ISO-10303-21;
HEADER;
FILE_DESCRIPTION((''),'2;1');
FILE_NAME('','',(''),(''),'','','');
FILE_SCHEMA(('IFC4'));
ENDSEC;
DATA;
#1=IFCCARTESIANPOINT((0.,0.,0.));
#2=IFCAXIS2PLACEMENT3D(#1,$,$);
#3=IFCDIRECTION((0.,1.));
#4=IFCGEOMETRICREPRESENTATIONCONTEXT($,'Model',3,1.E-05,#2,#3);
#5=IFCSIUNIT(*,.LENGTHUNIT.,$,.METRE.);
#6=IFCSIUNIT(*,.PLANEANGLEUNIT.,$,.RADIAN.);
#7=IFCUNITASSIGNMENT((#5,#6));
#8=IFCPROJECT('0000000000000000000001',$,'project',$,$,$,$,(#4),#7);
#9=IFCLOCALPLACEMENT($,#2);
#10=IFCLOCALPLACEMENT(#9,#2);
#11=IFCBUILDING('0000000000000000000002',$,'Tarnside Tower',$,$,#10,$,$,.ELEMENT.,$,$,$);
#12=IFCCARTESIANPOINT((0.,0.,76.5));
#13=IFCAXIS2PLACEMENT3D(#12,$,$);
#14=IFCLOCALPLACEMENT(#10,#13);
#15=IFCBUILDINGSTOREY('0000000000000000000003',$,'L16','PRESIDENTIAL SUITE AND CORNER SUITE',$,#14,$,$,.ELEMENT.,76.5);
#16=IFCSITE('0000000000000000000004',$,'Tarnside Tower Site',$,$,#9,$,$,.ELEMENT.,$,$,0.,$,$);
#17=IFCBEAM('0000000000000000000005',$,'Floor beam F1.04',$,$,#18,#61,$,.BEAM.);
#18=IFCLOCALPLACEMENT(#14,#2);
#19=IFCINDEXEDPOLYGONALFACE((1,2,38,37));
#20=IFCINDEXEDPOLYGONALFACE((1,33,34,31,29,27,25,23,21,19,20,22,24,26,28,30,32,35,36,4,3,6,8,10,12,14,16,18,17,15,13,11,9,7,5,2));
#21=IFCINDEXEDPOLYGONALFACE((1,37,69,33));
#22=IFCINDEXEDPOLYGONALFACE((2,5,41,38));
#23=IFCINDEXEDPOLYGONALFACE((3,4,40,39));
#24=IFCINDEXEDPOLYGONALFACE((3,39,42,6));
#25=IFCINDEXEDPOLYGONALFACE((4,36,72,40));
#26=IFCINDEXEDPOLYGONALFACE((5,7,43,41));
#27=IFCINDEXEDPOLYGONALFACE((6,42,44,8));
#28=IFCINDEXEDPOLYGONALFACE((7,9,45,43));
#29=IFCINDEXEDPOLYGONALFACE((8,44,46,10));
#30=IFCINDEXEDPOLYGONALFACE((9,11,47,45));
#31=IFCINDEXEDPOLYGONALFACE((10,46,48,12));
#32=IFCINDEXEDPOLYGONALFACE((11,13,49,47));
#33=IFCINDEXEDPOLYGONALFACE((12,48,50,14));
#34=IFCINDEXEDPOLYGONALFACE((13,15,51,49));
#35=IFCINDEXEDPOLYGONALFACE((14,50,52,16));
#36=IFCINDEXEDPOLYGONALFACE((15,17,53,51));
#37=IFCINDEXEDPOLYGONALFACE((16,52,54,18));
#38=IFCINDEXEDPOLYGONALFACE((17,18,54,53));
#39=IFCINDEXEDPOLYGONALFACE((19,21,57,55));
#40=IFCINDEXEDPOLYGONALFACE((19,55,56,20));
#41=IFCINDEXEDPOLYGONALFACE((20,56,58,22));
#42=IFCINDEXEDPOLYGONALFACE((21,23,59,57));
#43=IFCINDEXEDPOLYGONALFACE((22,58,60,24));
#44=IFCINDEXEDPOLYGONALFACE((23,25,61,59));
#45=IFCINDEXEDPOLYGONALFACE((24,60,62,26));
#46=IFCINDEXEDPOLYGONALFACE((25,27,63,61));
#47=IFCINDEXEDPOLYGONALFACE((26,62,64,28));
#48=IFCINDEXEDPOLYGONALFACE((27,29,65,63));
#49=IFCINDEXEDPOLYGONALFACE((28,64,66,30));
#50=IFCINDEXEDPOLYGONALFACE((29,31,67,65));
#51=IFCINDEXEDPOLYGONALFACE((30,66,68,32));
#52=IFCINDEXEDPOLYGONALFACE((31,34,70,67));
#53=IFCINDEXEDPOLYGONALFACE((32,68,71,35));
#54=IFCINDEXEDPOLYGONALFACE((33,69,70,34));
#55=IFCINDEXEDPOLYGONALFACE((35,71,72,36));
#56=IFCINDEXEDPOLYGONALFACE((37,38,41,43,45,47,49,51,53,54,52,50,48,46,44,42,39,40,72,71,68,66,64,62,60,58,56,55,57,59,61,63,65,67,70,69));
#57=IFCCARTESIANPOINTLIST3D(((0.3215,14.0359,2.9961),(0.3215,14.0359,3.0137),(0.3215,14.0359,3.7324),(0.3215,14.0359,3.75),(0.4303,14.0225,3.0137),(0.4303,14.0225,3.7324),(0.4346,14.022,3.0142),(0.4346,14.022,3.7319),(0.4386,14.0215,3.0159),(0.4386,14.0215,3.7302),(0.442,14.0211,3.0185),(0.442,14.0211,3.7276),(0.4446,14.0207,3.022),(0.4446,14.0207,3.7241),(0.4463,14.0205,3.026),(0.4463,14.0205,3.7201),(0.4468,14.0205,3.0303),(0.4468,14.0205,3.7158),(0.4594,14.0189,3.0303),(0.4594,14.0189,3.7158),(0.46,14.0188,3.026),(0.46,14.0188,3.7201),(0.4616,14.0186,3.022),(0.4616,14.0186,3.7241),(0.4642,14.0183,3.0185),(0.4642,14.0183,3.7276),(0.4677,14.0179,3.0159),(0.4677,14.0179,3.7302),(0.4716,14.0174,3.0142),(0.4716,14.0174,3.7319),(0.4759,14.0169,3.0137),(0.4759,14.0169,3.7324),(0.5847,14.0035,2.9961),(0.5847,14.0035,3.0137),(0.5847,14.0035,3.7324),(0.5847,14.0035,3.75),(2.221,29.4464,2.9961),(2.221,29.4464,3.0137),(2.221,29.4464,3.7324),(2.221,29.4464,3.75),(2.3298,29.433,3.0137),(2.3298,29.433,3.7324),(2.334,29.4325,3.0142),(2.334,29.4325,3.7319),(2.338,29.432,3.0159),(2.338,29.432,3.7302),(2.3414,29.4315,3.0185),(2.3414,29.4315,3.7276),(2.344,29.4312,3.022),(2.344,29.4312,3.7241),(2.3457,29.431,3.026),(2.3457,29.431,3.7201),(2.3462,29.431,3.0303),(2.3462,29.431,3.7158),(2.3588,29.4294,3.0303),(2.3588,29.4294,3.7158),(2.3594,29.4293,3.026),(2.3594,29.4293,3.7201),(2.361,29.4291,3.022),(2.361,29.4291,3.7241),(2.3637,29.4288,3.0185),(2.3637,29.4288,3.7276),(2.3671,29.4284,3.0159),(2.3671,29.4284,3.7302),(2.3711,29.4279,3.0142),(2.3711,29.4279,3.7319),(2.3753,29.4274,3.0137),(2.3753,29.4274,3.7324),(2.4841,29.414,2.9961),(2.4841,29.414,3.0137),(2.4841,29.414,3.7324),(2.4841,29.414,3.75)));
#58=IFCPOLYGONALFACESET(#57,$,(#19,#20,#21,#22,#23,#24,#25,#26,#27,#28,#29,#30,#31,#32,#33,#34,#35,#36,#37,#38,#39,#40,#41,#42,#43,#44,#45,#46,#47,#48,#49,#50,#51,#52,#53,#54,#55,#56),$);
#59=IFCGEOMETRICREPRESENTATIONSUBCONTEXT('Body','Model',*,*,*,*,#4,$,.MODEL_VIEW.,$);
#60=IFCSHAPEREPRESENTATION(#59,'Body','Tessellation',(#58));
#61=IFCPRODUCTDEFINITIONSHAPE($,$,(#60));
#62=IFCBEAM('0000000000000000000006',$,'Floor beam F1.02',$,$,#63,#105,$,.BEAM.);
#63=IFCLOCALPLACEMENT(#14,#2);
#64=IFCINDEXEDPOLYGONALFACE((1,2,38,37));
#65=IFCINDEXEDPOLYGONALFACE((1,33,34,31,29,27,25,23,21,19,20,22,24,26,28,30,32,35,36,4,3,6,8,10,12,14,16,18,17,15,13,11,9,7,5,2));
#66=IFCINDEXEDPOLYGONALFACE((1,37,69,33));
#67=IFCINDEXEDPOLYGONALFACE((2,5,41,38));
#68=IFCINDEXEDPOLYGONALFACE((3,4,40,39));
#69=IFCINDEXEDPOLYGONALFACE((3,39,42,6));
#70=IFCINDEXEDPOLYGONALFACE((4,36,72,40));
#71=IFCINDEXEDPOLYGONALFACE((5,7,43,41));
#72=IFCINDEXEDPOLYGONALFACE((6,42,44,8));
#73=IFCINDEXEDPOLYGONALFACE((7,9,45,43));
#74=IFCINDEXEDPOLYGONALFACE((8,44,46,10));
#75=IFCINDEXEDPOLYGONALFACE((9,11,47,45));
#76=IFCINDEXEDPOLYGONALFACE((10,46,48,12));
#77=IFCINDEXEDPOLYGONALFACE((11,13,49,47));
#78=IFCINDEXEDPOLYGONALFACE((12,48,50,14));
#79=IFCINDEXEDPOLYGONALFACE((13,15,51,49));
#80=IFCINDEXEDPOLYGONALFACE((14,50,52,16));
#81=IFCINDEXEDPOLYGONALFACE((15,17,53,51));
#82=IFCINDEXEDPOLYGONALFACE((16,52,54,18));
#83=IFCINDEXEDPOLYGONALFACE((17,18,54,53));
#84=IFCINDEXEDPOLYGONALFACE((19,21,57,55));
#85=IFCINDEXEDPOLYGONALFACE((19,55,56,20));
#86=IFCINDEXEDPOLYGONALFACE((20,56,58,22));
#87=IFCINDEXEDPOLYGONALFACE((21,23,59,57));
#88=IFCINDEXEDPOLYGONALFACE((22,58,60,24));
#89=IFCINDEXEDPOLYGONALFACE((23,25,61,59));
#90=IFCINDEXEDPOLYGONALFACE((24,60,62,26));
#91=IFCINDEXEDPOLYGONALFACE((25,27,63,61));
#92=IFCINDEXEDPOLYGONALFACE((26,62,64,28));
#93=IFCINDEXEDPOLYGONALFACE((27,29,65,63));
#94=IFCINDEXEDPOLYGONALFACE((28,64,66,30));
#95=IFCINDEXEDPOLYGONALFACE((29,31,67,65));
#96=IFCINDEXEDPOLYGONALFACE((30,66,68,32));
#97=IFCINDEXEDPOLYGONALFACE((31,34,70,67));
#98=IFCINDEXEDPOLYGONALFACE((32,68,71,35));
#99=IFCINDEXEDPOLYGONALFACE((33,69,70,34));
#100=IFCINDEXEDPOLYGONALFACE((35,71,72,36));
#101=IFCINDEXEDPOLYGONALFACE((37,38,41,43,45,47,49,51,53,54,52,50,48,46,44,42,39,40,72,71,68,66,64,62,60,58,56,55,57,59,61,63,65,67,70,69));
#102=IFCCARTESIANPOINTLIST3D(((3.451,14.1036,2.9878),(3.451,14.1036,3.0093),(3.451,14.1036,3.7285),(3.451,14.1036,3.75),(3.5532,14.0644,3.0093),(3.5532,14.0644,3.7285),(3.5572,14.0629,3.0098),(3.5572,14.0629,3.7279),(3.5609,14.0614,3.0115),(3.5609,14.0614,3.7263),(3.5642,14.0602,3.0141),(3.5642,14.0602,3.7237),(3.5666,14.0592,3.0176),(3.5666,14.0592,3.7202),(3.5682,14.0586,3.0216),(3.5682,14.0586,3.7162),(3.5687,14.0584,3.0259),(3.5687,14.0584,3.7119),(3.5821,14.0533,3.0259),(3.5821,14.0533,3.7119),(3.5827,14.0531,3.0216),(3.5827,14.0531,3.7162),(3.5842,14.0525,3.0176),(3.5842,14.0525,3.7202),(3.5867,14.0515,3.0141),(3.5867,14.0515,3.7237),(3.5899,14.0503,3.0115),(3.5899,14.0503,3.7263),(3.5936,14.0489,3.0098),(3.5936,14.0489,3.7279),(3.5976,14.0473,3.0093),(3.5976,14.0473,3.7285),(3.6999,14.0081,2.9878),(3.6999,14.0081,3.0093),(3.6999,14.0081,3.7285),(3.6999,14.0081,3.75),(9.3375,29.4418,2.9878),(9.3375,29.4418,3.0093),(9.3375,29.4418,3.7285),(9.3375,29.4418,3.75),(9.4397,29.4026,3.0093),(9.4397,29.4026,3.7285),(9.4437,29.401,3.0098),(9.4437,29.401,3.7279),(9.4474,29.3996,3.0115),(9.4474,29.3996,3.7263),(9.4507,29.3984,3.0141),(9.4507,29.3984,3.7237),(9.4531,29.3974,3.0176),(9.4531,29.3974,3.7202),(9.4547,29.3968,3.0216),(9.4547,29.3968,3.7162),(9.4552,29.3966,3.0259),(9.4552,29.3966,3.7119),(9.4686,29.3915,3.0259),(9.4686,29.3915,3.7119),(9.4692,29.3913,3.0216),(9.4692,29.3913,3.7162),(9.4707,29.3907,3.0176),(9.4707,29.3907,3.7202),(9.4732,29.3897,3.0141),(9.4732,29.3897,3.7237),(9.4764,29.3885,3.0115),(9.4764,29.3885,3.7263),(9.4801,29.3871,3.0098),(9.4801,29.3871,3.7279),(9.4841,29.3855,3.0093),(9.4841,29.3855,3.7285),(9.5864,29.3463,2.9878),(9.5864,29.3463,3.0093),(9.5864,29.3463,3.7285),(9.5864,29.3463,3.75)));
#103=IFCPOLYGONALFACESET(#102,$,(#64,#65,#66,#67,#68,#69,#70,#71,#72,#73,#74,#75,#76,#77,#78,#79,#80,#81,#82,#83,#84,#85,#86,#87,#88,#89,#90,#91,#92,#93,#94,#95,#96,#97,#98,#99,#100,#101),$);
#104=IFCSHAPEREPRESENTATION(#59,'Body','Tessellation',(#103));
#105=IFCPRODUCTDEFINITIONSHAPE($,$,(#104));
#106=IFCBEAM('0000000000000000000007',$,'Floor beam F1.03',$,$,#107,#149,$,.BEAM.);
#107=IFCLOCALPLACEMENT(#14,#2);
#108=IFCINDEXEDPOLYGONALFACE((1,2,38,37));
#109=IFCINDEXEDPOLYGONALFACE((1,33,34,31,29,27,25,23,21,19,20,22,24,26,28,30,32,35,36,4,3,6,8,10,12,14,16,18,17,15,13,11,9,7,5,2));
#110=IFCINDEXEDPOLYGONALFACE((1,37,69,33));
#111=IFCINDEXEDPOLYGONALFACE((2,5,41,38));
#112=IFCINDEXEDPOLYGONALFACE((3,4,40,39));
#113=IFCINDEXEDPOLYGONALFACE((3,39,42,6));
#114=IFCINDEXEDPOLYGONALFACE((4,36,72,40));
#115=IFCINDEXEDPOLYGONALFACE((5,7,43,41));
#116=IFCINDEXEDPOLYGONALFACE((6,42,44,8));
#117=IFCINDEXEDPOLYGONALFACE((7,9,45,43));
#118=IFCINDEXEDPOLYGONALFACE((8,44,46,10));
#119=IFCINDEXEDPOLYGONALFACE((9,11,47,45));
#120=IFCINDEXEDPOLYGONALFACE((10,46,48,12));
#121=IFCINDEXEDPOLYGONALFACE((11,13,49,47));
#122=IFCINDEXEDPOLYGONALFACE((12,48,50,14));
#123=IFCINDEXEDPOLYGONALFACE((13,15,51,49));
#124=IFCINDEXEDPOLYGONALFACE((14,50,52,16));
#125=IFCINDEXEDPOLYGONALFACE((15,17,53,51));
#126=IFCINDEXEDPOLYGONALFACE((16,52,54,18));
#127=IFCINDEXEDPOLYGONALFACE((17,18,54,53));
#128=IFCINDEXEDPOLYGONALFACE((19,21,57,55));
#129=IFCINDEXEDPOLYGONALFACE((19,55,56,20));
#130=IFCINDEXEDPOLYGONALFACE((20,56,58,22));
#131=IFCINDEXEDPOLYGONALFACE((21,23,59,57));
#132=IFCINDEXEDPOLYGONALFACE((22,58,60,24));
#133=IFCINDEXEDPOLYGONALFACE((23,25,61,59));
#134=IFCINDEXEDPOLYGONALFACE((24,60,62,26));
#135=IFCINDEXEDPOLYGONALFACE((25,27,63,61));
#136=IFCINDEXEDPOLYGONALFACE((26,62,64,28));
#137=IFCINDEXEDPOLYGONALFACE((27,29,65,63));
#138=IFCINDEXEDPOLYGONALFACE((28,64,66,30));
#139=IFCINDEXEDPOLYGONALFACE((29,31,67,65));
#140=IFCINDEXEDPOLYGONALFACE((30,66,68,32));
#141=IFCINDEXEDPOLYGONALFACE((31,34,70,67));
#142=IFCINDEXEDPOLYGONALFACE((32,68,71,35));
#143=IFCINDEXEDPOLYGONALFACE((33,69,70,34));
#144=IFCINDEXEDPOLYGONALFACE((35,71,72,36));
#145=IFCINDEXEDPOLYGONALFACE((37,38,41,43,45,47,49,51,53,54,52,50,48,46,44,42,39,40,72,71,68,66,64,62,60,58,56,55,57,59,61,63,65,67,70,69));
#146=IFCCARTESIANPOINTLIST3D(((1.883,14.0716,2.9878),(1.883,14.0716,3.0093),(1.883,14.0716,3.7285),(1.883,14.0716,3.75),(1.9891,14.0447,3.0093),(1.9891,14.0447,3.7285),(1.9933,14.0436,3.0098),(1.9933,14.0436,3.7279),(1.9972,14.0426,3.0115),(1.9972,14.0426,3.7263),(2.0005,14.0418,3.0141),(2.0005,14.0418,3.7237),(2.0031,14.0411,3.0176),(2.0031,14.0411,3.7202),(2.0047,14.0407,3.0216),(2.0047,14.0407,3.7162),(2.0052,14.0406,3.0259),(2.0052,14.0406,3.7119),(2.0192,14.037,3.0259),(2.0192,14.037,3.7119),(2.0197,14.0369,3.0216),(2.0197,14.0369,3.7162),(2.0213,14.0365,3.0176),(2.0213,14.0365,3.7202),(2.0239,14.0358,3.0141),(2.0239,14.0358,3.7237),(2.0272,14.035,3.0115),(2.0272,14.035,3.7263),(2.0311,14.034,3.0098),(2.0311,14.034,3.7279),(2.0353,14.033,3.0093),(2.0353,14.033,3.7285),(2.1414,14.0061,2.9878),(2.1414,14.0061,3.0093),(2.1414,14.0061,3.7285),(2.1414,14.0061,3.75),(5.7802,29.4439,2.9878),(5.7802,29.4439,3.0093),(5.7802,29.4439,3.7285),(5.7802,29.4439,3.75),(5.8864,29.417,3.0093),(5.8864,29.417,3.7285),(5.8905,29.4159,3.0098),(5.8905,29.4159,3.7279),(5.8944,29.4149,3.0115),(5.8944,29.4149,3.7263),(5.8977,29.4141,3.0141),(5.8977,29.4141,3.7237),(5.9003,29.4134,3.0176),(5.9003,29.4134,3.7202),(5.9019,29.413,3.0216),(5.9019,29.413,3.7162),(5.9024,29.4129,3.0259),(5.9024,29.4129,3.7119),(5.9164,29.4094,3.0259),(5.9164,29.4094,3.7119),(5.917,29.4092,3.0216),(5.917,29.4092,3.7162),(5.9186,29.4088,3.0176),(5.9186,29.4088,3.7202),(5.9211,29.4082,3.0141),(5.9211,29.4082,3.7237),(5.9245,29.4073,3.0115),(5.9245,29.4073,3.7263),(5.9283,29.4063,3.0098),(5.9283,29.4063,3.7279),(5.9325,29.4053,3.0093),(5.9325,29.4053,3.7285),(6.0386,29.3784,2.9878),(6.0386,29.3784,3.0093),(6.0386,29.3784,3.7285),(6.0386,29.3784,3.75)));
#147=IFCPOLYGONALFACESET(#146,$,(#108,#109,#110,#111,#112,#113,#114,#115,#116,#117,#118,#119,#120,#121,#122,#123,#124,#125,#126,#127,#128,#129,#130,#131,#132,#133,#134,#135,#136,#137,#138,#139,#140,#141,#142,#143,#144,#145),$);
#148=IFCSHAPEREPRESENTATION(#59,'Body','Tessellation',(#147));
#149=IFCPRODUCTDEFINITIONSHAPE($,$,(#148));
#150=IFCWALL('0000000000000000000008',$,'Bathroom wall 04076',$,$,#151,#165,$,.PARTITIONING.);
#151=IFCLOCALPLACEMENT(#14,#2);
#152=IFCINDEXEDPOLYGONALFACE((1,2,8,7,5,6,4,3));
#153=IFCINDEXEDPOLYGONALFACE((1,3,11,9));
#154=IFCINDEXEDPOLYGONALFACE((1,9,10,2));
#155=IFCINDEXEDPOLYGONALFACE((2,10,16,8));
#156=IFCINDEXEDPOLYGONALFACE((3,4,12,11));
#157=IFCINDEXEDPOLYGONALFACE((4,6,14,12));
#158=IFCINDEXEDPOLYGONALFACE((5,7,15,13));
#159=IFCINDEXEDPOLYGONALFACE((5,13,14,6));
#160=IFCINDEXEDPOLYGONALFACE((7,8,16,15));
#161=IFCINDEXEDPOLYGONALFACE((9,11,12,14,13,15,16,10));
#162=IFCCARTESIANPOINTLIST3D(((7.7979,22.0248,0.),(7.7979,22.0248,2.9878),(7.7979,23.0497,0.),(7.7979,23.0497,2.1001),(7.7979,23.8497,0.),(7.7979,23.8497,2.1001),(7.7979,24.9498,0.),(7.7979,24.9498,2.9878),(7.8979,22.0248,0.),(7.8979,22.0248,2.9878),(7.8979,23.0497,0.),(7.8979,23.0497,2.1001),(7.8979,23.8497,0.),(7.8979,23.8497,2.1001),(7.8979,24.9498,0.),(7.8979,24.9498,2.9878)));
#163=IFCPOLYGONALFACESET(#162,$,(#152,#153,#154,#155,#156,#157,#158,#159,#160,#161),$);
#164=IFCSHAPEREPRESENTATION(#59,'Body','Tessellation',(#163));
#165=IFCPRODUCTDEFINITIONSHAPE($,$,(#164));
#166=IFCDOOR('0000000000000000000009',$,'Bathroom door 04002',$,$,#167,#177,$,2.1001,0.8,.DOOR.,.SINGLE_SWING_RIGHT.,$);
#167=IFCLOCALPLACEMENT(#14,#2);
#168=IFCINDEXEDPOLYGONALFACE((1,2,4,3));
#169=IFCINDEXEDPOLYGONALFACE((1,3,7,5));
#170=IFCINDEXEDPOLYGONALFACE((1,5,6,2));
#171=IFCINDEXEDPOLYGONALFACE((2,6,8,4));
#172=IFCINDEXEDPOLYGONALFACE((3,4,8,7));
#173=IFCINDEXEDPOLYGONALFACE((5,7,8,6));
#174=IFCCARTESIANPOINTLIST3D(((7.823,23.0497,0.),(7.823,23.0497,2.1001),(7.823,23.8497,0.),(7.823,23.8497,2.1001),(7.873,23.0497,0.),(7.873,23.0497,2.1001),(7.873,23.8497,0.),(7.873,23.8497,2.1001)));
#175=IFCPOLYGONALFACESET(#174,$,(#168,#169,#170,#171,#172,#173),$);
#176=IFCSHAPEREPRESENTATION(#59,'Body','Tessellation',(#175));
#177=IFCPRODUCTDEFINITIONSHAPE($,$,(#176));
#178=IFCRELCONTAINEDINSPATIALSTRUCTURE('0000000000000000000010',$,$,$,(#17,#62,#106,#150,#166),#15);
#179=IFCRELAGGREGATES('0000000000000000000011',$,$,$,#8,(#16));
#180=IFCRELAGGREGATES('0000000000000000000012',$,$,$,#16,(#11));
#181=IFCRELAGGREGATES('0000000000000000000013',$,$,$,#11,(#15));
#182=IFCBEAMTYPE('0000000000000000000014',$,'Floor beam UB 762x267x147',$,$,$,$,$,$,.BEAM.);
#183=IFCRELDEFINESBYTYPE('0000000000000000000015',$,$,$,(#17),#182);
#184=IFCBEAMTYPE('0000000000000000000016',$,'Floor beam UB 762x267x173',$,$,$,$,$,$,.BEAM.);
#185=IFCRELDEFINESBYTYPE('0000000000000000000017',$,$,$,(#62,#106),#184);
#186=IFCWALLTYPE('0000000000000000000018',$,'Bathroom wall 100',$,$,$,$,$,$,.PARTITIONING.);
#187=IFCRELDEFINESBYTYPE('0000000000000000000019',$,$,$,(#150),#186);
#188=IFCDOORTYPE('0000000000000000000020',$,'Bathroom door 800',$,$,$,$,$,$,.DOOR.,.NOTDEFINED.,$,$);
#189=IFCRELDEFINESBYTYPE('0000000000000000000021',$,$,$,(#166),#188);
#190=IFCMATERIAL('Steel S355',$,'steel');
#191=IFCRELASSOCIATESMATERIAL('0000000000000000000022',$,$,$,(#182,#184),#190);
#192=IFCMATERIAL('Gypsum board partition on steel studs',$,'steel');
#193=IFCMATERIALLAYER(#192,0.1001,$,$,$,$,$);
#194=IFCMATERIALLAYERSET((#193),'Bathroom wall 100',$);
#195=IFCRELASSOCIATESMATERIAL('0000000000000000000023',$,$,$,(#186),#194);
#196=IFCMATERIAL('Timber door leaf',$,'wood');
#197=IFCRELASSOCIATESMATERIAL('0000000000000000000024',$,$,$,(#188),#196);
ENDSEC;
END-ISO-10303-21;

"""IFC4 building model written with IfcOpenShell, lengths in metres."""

from ifc_helpers import new_model, si_unit, direction, frame, frame_2d, origin, origin_2d, place, context, subcontext, project, spatial, rectangle, i_section, extrude, material, layer, layer_set, material_profile, profile_set, type_object, element, fill, save


model = new_model("IFC4")

# Units and contexts
model_context = context("Model", 3, precision=1e-05, world=origin(), true_north=direction((0.0, 1.0)))
body_context = subcontext(model_context, "Body", "Model", "MODEL_VIEW")
ifc_project = project(units=[si_unit("LENGTHUNIT", "METRE"), si_unit("PLANEANGLEUNIT", "RADIAN")], contexts=[model_context])

# Site, building, storey
site_placement = place(None, origin())
site = spatial("IfcSite", under=ifc_project, at=site_placement, Name="Tarnside Tower Site", CompositionType="ELEMENT", RefElevation=0.0)
building_placement = place(site_placement, origin())
building = spatial("IfcBuilding", under=site, at=building_placement, Name="Tarnside Tower", CompositionType="ELEMENT")
storey_placement = place(building_placement, frame((0.0, 0.0, 76.5)))
storey = spatial("IfcBuildingStorey", under=building, at=storey_placement, Name="L16", Description="PRESIDENTIAL SUITE AND CORNER SUITE", CompositionType="ELEMENT", Elevation=76.5)

# Beams
ifc_material_1 = material(Name="Steel S355", Category="steel")
ifc_material_profile_1 = material_profile(ifc_material_1, i_section(OverallWidth=0.2651, OverallDepth=0.7539, WebThickness=0.0127, FlangeThickness=0.0176, FilletRadius=0.0166, at=origin_2d()), Name="UB 762x267x147")
ifc_profile_set_1 = profile_set([ifc_material_profile_1], Name="Steel S355")
beam_type_1 = type_object("IfcBeamType", Name="Floor beam UB 762x267x147", PredefinedType="BEAM", material=ifc_profile_set_1)
beam_1_placement = place(storey_placement, frame((2.3525, 29.4302, 3.373), z_axis=(-0.12233, -0.99249, 0.0), x_axis=(0.99249, -0.12233, 0.0)))
element("IfcBeam", 1, at=beam_1_placement, inside=storey, type_object=beam_type_1, Name="Floor beam F1.04", PredefinedType="BEAM", context=body_context, shape_type="SweptSolid", body=[
    extrude(i_section(OverallWidth=0.2651, OverallDepth=0.7539, WebThickness=0.0127, FlangeThickness=0.0176, FilletRadius=0.0166, at=origin_2d()), origin(), (0.0, 0.0, 1.0), 15.5271),
])
ifc_material_profile_2 = material_profile(ifc_material_1, i_section(OverallWidth=0.2666, OverallDepth=0.7622, WebThickness=0.0144, FlangeThickness=0.0215, FilletRadius=0.0166, at=origin_2d()), Name="UB 762x267x173")
ifc_profile_set_2 = profile_set([ifc_material_profile_2], Name="Steel S355")
beam_type_2 = type_object("IfcBeamType", Name="Floor beam UB 762x267x173", PredefinedType="BEAM", material=ifc_profile_set_2)
beam_2_placement = place(storey_placement, frame((9.4619, 29.394, 3.3689), z_axis=(-0.3583, -0.933607, 0.0), x_axis=(0.933607, -0.3583, 0.0)))
element("IfcBeam", 2, at=beam_2_placement, inside=storey, type_object=beam_type_2, Name="Floor beam F1.02", PredefinedType="BEAM", context=body_context, shape_type="SweptSolid", body=[
    extrude(i_section(OverallWidth=0.2666, OverallDepth=0.7622, WebThickness=0.0144, FlangeThickness=0.0215, FilletRadius=0.0166, at=origin_2d()), origin(), (0.0, 0.0, 1.0), 16.429),
])
beam_3_placement = place(storey_placement, frame((5.9094, 29.4111, 3.3689), z_axis=(-0.245747, -0.969334, 0.0), x_axis=(0.969334, -0.245747, 0.0)))
element("IfcBeam", 3, at=beam_3_placement, inside=storey, type_object=beam_type_2, Name="Floor beam F1.03", PredefinedType="BEAM", context=body_context, shape_type="SweptSolid", body=[
    extrude(i_section(OverallWidth=0.2666, OverallDepth=0.7622, WebThickness=0.0144, FlangeThickness=0.0215, FilletRadius=0.0166, at=origin_2d()), origin(), (0.0, 0.0, 1.0), 15.8586),
])

# Wall, opening, door
ifc_material_2 = material(Name="Gypsum board partition on steel studs", Category="steel")
ifc_layer_1 = layer(ifc_material_2, 0.1001)
ifc_layer_set_1 = layer_set([ifc_layer_1], Name="Bathroom wall 100")
wall_type_1 = type_object("IfcWallType", Name="Bathroom wall 100", PredefinedType="PARTITIONING", material=ifc_layer_set_1)
wall_1_placement = place(storey_placement, frame((7.8479, 22.0249, 0.0), z_axis=(0.0, 0.0, 1.0), x_axis=(0.0, 1.0, 0.0)))
wall_1 = element("IfcWall", 4, at=wall_1_placement, inside=storey, type_object=wall_type_1, Name="Bathroom wall 04076", PredefinedType="PARTITIONING", context=body_context, shape_type="SweptSolid", body=[
    extrude(rectangle(XDim=2.925, YDim=0.1001, at=frame_2d((1.4624, 0.0))), origin(), (0.0, 0.0, 1.0), 2.9878),
])
opening_1_placement = place(wall_1_placement, frame((1.0249, 0.0, 0.0)))
opening_1 = element("IfcOpeningElement", 5, at=opening_1_placement, cuts=wall_1, PredefinedType="OPENING", context=body_context, shape_type="SweptSolid", body=[
    extrude(rectangle(XDim=0.8, YDim=2.1001, at=frame_2d((0.3999, 1.05))), frame((0.0, 0.0601, 0.0), z_axis=(0.0, -1.0, 0.0), x_axis=(1.0, 0.0, 0.0)), (0.0, 0.0, 1.0), 0.1201),
])
ifc_material_3 = material(Name="Timber door leaf", Category="wood")
door_type_1 = type_object("IfcDoorType", Name="Bathroom door 800", OperationType="NOTDEFINED", PredefinedType="DOOR", material=ifc_material_3)
door_1_placement = place(opening_1_placement, origin())
door_1 = element("IfcDoor", 6, at=door_1_placement, inside=storey, type_object=door_type_1, Name="Bathroom door 04002", OperationType="SINGLE_SWING_RIGHT", OverallHeight=2.1001, OverallWidth=0.8, PredefinedType="DOOR", context=body_context, shape_type="SweptSolid", body=[
    extrude(rectangle(XDim=0.8, YDim=2.1001, at=frame_2d((0.3999, 1.05))), frame((0.0, 0.0249, 0.0), z_axis=(0.0, -1.0, 0.0), x_axis=(1.0, 0.0, 0.0)), (0.0, 0.0, 1.0), 0.05),
])
fill(opening_1, door_1)

save(model, "model.ifc")
